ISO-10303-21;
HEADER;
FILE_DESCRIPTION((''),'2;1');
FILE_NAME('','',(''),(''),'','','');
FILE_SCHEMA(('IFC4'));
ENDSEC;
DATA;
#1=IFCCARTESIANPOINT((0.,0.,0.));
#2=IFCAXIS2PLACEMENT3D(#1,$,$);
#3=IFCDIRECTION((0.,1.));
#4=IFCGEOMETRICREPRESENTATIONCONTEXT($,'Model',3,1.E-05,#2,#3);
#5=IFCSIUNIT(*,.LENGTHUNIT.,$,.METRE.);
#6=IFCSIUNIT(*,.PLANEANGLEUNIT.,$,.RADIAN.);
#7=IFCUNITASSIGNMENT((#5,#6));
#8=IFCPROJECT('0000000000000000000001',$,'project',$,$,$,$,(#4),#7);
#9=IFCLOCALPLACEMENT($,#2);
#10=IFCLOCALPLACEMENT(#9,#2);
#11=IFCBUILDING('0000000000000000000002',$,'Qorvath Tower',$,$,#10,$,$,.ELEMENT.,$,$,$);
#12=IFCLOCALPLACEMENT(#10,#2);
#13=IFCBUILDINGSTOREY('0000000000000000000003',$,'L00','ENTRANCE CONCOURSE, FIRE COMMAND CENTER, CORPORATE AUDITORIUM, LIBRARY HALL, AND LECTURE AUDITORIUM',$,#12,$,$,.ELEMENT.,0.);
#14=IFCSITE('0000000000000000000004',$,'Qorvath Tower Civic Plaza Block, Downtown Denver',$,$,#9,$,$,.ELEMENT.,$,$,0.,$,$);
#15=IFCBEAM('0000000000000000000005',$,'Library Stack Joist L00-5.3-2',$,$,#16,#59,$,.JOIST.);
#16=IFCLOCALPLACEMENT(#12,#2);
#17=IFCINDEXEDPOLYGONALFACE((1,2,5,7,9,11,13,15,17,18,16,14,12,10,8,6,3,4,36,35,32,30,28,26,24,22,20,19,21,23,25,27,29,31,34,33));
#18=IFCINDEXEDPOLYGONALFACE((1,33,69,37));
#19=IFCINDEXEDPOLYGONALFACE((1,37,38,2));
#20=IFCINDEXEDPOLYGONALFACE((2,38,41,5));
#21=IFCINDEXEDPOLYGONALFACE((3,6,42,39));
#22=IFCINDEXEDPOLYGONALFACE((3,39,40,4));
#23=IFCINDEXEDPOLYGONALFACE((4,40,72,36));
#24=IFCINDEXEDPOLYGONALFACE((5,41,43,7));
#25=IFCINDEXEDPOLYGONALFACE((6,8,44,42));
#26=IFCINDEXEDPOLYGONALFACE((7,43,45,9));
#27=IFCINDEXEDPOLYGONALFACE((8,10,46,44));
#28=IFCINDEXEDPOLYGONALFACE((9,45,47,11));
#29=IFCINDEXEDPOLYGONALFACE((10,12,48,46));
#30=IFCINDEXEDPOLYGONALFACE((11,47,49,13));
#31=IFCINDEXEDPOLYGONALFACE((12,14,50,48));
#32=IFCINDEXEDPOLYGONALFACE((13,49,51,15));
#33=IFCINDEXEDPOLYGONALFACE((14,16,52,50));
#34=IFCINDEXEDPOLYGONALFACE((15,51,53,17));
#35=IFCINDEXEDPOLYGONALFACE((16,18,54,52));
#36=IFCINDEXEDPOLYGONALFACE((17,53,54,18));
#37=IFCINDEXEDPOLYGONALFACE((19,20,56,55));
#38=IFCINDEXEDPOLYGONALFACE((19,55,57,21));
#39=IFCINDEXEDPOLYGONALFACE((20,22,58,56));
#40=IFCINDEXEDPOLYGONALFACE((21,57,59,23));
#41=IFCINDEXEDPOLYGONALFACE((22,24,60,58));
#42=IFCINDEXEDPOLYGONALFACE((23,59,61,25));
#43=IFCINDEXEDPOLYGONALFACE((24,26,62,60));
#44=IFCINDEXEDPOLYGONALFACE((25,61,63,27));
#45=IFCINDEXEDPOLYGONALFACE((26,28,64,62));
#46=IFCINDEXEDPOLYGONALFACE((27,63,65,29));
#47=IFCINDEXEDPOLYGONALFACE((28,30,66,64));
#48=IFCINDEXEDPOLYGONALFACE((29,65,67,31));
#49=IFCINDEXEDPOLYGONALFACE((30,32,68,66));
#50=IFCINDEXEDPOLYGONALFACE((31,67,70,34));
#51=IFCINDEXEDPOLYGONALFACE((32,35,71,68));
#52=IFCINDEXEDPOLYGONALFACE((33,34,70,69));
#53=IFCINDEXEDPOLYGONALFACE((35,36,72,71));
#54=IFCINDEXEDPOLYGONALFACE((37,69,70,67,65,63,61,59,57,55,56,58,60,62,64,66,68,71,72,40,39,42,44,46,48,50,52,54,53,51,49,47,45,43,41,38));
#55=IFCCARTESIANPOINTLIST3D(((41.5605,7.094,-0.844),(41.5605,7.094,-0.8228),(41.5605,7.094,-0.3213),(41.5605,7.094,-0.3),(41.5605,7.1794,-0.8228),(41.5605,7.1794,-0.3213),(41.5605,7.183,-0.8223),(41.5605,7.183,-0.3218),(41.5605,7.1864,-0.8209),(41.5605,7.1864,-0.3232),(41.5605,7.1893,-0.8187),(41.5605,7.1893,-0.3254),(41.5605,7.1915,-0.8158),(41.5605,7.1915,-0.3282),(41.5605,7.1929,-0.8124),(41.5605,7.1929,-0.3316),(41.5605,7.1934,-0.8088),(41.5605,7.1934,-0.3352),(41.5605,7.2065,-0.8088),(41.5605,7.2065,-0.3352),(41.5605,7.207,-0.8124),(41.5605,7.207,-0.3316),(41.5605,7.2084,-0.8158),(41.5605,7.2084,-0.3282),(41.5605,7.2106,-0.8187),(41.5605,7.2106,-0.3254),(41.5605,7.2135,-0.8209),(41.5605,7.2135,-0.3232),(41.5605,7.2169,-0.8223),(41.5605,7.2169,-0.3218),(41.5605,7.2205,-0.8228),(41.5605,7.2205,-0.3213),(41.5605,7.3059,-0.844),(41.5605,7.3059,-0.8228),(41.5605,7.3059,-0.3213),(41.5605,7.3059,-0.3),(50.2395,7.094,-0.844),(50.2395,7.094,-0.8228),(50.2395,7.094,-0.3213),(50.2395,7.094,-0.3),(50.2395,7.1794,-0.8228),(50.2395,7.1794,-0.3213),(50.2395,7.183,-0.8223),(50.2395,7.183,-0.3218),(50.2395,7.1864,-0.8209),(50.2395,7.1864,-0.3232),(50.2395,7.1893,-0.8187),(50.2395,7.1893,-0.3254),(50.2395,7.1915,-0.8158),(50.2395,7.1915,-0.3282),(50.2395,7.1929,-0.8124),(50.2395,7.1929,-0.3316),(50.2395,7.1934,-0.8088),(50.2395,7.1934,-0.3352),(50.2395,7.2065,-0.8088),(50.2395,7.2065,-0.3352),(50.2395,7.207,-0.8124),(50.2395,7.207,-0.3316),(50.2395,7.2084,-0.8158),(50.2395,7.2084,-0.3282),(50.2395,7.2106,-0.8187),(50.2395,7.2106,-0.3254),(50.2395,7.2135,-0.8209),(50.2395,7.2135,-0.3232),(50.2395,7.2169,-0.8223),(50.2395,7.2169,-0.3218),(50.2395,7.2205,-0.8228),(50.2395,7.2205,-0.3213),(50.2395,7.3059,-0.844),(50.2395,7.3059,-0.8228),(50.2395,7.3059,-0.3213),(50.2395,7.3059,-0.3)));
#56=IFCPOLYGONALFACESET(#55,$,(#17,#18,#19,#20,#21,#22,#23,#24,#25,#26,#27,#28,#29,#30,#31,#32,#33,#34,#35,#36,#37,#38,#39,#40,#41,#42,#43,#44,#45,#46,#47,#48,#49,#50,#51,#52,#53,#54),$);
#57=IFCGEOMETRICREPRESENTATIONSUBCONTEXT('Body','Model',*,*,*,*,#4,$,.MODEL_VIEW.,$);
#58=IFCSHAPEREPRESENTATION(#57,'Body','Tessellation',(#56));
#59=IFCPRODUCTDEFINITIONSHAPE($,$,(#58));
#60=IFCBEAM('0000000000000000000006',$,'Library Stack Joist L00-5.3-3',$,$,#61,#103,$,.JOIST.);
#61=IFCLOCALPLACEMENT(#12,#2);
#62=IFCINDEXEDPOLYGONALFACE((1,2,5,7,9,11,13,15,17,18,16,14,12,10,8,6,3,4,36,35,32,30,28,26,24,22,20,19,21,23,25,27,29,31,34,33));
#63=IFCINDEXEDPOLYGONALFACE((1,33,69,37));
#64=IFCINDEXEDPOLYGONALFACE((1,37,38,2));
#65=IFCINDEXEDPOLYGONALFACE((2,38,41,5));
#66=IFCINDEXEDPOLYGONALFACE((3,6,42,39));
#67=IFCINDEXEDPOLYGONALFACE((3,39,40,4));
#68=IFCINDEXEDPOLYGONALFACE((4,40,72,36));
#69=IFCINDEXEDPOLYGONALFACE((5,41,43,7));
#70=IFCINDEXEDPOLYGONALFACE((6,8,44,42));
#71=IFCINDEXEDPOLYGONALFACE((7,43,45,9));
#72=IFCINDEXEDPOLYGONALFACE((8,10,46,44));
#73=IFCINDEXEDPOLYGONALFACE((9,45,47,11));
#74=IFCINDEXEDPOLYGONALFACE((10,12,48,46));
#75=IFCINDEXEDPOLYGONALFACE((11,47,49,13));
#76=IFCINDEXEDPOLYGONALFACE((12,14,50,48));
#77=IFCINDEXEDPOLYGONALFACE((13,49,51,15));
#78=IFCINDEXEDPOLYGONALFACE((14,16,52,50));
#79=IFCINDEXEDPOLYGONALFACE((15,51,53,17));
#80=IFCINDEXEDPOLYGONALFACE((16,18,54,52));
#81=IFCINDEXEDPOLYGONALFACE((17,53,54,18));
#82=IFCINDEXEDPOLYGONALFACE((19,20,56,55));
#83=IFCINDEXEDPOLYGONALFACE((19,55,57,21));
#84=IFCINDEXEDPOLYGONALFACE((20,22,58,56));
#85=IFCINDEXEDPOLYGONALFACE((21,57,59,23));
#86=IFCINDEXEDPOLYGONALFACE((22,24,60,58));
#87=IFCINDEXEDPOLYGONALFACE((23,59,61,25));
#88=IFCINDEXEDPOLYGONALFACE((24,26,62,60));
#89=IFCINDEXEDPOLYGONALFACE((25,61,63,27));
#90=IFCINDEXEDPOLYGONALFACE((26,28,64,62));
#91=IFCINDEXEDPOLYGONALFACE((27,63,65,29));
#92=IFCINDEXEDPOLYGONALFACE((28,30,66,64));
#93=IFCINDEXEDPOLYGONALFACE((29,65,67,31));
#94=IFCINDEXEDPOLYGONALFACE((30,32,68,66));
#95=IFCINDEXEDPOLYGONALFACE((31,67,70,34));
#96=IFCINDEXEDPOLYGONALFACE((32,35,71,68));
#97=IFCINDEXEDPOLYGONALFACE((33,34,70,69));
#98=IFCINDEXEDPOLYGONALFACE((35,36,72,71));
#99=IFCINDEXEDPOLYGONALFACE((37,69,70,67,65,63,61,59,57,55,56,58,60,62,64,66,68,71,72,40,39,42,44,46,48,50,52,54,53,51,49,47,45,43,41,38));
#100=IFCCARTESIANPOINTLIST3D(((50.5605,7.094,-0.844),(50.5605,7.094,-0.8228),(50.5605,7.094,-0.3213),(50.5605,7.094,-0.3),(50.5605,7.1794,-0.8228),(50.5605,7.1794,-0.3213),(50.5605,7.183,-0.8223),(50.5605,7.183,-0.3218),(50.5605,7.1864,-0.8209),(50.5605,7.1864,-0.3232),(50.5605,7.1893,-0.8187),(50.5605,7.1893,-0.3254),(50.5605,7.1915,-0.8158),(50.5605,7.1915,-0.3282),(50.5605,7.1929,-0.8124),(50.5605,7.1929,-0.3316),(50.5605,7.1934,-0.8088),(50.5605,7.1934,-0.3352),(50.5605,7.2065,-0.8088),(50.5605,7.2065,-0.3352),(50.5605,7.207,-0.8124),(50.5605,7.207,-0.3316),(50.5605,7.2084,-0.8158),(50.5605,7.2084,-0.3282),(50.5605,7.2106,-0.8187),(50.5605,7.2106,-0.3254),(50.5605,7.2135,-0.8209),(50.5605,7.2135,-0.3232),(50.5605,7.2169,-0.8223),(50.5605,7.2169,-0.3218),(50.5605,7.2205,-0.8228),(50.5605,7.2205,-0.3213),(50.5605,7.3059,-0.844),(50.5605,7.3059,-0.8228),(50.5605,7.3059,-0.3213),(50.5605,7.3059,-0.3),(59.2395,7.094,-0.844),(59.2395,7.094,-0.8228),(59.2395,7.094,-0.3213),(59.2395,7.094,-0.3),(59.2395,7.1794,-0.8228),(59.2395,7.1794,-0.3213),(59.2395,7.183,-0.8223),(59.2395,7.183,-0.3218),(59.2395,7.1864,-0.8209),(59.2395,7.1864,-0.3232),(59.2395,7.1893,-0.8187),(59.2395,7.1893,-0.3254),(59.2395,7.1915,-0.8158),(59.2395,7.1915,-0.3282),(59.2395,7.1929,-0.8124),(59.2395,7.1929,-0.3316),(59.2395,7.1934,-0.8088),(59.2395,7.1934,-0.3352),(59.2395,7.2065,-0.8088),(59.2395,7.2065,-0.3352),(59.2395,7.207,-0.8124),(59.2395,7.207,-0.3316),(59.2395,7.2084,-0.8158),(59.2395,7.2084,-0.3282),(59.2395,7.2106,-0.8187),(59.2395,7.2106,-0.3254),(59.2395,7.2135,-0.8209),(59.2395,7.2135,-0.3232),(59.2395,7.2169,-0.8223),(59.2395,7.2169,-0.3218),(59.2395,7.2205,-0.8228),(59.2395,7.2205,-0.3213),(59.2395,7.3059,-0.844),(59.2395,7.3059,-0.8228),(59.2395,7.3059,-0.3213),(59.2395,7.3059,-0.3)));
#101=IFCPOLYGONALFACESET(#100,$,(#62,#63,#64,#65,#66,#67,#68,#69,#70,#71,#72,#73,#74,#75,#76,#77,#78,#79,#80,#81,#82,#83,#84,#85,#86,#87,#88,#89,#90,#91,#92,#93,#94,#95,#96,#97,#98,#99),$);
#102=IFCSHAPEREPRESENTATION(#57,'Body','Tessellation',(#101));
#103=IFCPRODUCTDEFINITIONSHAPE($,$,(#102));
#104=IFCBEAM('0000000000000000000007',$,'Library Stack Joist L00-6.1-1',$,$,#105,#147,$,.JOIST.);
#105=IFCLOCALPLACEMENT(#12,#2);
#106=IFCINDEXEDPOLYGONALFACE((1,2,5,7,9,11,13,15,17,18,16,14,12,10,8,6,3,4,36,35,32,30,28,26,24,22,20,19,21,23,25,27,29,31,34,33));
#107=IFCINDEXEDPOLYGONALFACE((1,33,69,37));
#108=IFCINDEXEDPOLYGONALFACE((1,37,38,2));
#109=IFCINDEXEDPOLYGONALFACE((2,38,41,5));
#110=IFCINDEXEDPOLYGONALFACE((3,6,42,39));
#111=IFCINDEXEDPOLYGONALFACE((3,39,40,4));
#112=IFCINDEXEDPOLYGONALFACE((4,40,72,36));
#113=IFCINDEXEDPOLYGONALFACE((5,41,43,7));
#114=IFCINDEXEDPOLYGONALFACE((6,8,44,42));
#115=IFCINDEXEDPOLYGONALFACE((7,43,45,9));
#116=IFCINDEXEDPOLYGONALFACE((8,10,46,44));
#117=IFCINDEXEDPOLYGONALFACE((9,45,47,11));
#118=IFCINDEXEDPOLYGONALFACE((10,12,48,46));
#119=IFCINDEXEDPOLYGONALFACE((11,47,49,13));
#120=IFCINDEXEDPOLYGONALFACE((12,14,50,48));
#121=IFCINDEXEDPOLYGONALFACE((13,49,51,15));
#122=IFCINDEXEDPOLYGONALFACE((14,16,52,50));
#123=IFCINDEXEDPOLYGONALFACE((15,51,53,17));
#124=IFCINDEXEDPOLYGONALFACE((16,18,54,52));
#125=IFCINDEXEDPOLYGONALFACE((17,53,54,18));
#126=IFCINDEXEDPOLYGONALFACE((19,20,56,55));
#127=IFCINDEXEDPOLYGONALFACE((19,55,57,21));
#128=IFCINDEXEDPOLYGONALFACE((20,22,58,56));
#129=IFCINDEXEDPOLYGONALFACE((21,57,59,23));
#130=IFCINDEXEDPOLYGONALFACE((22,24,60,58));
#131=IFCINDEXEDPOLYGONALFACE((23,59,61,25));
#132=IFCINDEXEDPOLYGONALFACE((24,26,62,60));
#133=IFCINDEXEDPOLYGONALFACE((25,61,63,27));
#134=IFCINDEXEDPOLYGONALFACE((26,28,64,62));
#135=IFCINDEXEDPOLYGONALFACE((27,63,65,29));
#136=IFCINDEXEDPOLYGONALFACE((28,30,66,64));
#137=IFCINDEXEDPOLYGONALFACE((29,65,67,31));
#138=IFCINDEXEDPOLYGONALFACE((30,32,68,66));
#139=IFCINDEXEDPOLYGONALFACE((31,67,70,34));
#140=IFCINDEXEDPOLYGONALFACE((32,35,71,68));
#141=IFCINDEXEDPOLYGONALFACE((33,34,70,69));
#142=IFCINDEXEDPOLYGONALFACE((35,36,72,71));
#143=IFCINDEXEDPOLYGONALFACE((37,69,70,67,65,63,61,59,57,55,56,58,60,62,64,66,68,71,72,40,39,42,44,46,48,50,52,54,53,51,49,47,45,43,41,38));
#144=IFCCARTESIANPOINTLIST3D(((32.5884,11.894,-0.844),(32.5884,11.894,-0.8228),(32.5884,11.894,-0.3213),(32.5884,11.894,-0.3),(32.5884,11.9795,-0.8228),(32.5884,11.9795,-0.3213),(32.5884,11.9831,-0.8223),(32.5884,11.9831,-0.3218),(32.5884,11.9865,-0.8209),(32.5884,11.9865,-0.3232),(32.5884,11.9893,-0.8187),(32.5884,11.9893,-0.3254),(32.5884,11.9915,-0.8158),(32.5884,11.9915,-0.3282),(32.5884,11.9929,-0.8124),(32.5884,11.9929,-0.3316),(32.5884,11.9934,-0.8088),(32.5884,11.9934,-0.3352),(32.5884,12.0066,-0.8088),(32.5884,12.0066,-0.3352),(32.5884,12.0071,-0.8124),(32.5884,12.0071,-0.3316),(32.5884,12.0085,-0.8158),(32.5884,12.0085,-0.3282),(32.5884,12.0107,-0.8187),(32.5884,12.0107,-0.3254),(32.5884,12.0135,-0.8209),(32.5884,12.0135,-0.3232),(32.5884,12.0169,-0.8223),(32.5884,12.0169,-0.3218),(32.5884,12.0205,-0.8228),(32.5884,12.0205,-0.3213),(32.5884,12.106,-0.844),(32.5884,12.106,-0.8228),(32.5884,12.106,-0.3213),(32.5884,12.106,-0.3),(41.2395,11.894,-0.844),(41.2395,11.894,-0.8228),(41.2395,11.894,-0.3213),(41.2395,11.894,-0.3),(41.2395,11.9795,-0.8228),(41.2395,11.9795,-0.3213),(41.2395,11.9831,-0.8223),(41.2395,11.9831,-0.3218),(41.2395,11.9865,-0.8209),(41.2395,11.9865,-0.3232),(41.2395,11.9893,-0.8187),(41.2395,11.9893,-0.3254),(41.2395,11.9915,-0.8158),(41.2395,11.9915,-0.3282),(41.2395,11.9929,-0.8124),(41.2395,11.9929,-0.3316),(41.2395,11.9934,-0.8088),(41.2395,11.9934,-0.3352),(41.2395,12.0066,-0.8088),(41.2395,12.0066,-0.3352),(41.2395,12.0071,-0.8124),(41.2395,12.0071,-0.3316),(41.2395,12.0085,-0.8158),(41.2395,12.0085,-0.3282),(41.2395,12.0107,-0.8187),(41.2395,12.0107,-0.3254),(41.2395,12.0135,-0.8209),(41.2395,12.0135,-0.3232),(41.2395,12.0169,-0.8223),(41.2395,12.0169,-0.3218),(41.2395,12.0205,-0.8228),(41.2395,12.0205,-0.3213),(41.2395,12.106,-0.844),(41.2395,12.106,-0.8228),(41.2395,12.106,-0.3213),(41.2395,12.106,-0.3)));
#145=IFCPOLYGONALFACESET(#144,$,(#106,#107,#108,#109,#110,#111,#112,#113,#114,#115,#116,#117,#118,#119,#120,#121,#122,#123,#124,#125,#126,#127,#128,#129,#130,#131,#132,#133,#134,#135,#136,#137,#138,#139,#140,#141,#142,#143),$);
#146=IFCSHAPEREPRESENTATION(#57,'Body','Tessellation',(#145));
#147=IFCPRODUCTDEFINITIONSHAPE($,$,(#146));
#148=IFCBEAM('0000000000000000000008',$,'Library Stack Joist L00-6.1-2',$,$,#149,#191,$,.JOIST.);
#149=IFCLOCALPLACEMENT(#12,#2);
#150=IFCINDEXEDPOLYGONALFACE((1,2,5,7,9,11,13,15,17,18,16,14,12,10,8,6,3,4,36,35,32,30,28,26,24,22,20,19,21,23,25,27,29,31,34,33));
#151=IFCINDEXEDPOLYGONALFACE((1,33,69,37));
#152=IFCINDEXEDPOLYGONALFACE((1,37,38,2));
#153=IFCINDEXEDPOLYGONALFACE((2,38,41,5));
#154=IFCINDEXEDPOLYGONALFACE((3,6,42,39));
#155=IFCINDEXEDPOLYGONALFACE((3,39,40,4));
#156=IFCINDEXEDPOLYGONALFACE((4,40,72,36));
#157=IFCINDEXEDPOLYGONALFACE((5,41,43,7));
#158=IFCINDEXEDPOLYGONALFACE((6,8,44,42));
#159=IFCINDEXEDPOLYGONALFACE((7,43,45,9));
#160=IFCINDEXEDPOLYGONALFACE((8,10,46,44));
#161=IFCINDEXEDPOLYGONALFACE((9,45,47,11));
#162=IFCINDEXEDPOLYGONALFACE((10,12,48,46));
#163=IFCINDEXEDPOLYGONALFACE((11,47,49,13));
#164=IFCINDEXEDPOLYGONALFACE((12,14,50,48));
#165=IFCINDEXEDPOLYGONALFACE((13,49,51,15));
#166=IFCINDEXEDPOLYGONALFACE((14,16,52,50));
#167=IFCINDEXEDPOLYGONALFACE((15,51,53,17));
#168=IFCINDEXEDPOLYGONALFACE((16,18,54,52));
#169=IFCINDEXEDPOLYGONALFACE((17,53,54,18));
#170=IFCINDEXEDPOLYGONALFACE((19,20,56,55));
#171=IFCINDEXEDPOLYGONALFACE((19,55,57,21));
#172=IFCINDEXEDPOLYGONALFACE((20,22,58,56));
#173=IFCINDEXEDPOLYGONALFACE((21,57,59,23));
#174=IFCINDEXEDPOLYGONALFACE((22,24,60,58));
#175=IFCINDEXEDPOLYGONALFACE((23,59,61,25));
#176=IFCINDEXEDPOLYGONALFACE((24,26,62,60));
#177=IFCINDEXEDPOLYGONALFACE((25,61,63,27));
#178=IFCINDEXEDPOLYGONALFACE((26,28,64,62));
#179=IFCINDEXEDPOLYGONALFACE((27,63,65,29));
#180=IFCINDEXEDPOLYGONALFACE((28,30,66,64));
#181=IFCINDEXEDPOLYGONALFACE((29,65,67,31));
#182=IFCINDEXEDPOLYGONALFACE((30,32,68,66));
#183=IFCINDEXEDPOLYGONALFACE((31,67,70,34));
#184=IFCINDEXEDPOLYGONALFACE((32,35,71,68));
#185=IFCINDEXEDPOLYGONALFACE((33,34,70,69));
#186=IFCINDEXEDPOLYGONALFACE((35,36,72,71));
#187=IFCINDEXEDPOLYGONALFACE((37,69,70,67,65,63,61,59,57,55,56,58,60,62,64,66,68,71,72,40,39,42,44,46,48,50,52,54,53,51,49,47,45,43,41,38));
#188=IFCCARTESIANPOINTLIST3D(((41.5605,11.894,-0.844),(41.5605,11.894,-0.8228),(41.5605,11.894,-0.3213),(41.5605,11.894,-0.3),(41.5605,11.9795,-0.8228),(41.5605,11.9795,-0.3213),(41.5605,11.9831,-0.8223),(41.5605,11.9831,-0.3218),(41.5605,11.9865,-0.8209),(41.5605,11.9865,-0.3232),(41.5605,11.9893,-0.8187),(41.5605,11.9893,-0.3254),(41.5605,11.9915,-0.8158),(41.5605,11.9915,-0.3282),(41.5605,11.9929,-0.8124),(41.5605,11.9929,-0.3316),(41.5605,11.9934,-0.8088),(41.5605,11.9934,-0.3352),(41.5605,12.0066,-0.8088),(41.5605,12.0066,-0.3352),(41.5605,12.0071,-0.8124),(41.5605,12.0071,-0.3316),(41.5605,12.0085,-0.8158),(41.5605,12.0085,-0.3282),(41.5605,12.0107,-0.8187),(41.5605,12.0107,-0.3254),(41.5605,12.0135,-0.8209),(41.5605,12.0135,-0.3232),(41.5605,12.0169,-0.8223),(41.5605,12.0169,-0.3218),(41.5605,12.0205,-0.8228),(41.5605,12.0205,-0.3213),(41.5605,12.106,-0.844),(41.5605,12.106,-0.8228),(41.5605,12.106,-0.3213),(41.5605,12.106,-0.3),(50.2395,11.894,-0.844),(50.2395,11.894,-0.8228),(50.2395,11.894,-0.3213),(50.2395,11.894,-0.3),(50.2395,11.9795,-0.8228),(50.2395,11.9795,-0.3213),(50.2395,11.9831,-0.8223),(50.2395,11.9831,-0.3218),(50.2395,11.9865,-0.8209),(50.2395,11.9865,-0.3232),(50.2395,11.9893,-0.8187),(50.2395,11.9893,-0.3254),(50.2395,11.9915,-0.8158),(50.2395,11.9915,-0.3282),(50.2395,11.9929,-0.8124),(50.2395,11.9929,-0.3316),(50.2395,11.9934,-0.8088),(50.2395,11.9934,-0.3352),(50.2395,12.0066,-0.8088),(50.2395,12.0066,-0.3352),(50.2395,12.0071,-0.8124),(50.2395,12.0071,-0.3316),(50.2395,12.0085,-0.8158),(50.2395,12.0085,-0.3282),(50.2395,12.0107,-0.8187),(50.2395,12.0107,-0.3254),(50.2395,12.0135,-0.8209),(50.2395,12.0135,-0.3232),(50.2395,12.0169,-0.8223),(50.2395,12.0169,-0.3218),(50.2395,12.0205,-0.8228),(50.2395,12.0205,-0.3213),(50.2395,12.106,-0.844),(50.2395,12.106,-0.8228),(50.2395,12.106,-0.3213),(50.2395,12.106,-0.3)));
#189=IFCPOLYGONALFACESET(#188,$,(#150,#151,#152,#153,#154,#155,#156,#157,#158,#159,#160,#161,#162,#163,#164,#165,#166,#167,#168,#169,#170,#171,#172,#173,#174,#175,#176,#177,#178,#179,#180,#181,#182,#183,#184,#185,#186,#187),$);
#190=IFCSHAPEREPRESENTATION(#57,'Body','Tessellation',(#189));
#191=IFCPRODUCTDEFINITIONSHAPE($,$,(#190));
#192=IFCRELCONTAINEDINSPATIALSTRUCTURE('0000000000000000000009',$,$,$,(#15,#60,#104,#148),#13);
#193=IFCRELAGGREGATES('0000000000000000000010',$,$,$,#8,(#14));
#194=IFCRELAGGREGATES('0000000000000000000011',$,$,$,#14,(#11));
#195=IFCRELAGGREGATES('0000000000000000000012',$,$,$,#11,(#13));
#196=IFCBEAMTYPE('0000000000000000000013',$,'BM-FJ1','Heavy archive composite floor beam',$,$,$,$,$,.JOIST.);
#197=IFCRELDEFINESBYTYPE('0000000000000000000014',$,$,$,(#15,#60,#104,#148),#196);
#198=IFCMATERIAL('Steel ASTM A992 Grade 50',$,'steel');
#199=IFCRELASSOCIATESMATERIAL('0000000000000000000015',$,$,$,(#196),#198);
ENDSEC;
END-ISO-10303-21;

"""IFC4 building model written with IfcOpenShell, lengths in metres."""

from ifc_helpers import new_model, si_unit, direction, frame, origin, origin_2d, place, context, subcontext, project, spatial, i_section, extrude, material, material_profile, profile_set, type_object, element, save


model = new_model("IFC4")

# Units and contexts
model_context = context("Model", 3, precision=1e-05, world=origin(), true_north=direction((0.0, 1.0)))
body_context = subcontext(model_context, "Body", "Model", "MODEL_VIEW")
ifc_project = project(units=[si_unit("LENGTHUNIT", "METRE"), si_unit("PLANEANGLEUNIT", "RADIAN")], contexts=[model_context])

# Site, building, storey
site_placement = place(None, origin())
site = spatial("IfcSite", under=ifc_project, at=site_placement, Name="Qorvath Tower Civic Plaza Block, Downtown Denver", CompositionType="ELEMENT", RefElevation=0.0)
building_placement = place(site_placement, origin())
building = spatial("IfcBuilding", under=site, at=building_placement, Name="Qorvath Tower", CompositionType="ELEMENT")
storey_placement = place(building_placement, origin())
storey = spatial("IfcBuildingStorey", under=building, at=storey_placement, Name="L00", Description="ENTRANCE CONCOURSE, FIRE COMMAND CENTER, CORPORATE AUDITORIUM, LIBRARY HALL, AND LECTURE AUDITORIUM", CompositionType="ELEMENT", Elevation=0.0)

# Beams
ifc_material_1 = material(Name="Steel ASTM A992 Grade 50", Category="steel")
ifc_material_profile_1 = material_profile(ifc_material_1, i_section(OverallWidth=0.2119, OverallDepth=0.5439, WebThickness=0.0132, FlangeThickness=0.0212, FilletRadius=0.0139, at=origin_2d()), Name="W21x83")
ifc_profile_set_1 = profile_set([ifc_material_profile_1], Name="Steel ASTM A992 Grade 50")
beam_type_1 = type_object("IfcBeamType", Name="BM-FJ1", Description="Heavy archive composite floor beam", PredefinedType="JOIST", material=ifc_profile_set_1)
for number, where, z_axis, x_axis, name in (
    (1, (41.5605, 7.2, -0.572), (1.0, 0.0, 0.0), (0.0, 1.0, 0.0), "Library Stack Joist L00-5.3-2"),
    (2, (50.5605, 7.2, -0.572), (1.0, 0.0, 0.0), (0.0, 1.0, 0.0), "Library Stack Joist L00-5.3-3"),
):
    element("IfcBeam", number, at=place(storey_placement, frame(where, z_axis=z_axis, x_axis=x_axis)), inside=storey, type_object=beam_type_1, Name=name, PredefinedType="JOIST", context=body_context, shape_type="SweptSolid", body=[
        extrude(i_section(OverallWidth=0.2119, OverallDepth=0.5439, WebThickness=0.0132, FlangeThickness=0.0212, FilletRadius=0.0139, at=origin_2d()), origin(), (0.0, 0.0, 1.0), 8.679),
    ])
beam_1_placement = place(storey_placement, frame((32.5884, 12.0, -0.572), z_axis=(1.0, 0.0, 0.0), x_axis=(0.0, 1.0, 0.0)))
element("IfcBeam", 3, at=beam_1_placement, inside=storey, type_object=beam_type_1, Name="Library Stack Joist L00-6.1-1", PredefinedType="JOIST", context=body_context, shape_type="SweptSolid", body=[
    extrude(i_section(OverallWidth=0.2119, OverallDepth=0.5439, WebThickness=0.0132, FlangeThickness=0.0212, FilletRadius=0.0139, at=origin_2d()), origin(), (0.0, 0.0, 1.0), 8.6511),
])
for number, where, z_axis, x_axis, name in (
    (4, (41.5605, 12.0, -0.572), (1.0, 0.0, 0.0), (0.0, 1.0, 0.0), "Library Stack Joist L00-6.1-2"),
):
    element("IfcBeam", number, at=place(storey_placement, frame(where, z_axis=z_axis, x_axis=x_axis)), inside=storey, type_object=beam_type_1, Name=name, PredefinedType="JOIST", context=body_context, shape_type="SweptSolid", body=[
        extrude(i_section(OverallWidth=0.2119, OverallDepth=0.5439, WebThickness=0.0132, FlangeThickness=0.0212, FilletRadius=0.0139, at=origin_2d()), origin(), (0.0, 0.0, 1.0), 8.679),
    ])

save(model, "model.ifc")
